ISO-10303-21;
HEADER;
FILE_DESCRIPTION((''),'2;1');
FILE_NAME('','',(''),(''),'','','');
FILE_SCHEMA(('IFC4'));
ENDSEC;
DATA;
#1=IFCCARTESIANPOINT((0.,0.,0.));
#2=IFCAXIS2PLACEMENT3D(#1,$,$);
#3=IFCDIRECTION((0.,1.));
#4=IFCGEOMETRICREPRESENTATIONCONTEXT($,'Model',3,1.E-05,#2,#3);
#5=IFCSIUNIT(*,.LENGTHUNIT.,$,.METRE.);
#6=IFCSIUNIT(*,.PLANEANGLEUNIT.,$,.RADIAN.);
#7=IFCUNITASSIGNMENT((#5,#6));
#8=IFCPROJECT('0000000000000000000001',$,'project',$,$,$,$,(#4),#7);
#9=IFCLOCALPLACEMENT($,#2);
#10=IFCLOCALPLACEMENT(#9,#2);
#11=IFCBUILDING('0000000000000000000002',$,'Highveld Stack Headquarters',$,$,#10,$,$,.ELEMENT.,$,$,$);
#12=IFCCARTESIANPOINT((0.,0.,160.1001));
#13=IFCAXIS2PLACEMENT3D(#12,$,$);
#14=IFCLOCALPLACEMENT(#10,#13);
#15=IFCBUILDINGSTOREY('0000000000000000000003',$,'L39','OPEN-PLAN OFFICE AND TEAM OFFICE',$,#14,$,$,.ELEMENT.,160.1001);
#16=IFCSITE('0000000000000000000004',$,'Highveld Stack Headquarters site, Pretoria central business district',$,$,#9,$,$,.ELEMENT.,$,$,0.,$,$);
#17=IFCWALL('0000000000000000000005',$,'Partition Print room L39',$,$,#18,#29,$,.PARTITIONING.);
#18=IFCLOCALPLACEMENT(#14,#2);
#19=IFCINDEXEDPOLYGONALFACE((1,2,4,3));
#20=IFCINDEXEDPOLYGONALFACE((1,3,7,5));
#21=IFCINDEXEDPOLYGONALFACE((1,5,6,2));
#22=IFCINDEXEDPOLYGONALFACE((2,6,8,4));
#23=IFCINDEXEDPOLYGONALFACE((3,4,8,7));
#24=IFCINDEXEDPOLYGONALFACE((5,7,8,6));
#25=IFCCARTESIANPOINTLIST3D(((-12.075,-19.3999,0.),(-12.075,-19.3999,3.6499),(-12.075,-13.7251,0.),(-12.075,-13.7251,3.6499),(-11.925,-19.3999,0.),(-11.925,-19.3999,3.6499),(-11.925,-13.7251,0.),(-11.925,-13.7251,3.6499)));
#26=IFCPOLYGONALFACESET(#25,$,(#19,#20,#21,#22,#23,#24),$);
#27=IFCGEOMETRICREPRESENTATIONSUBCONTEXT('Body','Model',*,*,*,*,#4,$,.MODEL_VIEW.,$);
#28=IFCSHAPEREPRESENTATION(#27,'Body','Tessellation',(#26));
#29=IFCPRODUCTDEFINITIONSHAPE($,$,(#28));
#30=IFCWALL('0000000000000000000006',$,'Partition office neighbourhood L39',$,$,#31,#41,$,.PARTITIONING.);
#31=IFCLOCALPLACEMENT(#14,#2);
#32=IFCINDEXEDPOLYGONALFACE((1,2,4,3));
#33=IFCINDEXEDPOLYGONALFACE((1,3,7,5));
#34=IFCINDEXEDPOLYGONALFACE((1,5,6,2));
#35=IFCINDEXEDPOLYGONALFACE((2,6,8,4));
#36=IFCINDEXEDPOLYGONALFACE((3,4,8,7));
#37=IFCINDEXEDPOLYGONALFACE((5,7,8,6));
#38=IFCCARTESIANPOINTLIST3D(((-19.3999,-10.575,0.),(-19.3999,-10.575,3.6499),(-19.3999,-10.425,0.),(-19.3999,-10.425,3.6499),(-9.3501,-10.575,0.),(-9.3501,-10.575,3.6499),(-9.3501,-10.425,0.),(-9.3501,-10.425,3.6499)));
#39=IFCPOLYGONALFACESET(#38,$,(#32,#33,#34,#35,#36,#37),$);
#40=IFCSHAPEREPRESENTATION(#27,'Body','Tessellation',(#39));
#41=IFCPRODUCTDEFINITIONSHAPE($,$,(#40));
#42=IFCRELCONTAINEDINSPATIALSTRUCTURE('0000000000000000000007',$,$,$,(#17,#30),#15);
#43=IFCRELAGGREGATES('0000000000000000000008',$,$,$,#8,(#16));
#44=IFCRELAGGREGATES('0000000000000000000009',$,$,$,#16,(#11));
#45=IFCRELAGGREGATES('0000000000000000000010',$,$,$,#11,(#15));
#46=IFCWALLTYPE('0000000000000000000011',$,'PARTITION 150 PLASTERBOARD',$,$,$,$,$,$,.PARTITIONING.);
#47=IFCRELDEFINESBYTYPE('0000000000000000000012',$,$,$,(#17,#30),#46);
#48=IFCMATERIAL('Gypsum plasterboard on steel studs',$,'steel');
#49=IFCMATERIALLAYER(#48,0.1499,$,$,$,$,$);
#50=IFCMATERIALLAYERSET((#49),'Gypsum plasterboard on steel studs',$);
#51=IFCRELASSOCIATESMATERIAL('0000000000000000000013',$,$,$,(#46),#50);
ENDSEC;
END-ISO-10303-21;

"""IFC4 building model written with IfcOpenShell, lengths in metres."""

from ifc_helpers import new_model, si_unit, direction, frame, frame_2d, origin, place, context, subcontext, project, spatial, rectangle, extrude, material, layer, layer_set, type_object, element, save


model = new_model("IFC4")

# Units and contexts
model_context = context("Model", 3, precision=1e-05, world=origin(), true_north=direction((0.0, 1.0)))
body_context = subcontext(model_context, "Body", "Model", "MODEL_VIEW")
ifc_project = project(units=[si_unit("LENGTHUNIT", "METRE"), si_unit("PLANEANGLEUNIT", "RADIAN")], contexts=[model_context])

# Site, building, storey
site_placement = place(None, origin())
site = spatial("IfcSite", under=ifc_project, at=site_placement, Name="Highveld Stack Headquarters site, Pretoria central business district", CompositionType="ELEMENT", RefElevation=0.0)
building_placement = place(site_placement, origin())
building = spatial("IfcBuilding", under=site, at=building_placement, Name="Highveld Stack Headquarters", CompositionType="ELEMENT")
storey_placement = place(building_placement, frame((0.0, 0.0, 160.1001)))
storey = spatial("IfcBuildingStorey", under=building, at=storey_placement, Name="L39", Description="OPEN-PLAN OFFICE AND TEAM OFFICE", CompositionType="ELEMENT", Elevation=160.1001)

# Walls
ifc_material_1 = material(Name="Gypsum plasterboard on steel studs", Category="steel")
ifc_layer_1 = layer(ifc_material_1, 0.1499)
ifc_layer_set_1 = layer_set([ifc_layer_1], Name="Gypsum plasterboard on steel studs")
wall_type = type_object("IfcWallType", Name="PARTITION 150 PLASTERBOARD", PredefinedType="PARTITIONING", material=ifc_layer_set_1)
wall_1_placement = place(storey_placement, frame((-12.0, -19.3999, 0.0), z_axis=(0.0, 0.0, 1.0), x_axis=(0.0, 1.0, 0.0)))
element("IfcWall", 1, at=wall_1_placement, inside=storey, type_object=wall_type, Name="Partition Print room L39", PredefinedType="PARTITIONING", context=body_context, shape_type="SweptSolid", body=[
    extrude(rectangle(XDim=5.6748, YDim=0.1499, at=frame_2d((2.8374, 0.0))), origin(), (0.0, 0.0, 1.0), 3.6499),
])
wall_2_placement = place(storey_placement, frame((-19.3999, -10.5, 0.0), z_axis=(0.0, 0.0, 1.0), x_axis=(1.0, 0.0, 0.0)))
element("IfcWall", 2, at=wall_2_placement, inside=storey, type_object=wall_type, Name="Partition office neighbourhood L39", PredefinedType="PARTITIONING", context=body_context, shape_type="SweptSolid", body=[
    extrude(rectangle(XDim=10.0498, YDim=0.1499, at=frame_2d((5.0249, 0.0))), origin(), (0.0, 0.0, 1.0), 3.6499),
])

save(model, "model.ifc")
